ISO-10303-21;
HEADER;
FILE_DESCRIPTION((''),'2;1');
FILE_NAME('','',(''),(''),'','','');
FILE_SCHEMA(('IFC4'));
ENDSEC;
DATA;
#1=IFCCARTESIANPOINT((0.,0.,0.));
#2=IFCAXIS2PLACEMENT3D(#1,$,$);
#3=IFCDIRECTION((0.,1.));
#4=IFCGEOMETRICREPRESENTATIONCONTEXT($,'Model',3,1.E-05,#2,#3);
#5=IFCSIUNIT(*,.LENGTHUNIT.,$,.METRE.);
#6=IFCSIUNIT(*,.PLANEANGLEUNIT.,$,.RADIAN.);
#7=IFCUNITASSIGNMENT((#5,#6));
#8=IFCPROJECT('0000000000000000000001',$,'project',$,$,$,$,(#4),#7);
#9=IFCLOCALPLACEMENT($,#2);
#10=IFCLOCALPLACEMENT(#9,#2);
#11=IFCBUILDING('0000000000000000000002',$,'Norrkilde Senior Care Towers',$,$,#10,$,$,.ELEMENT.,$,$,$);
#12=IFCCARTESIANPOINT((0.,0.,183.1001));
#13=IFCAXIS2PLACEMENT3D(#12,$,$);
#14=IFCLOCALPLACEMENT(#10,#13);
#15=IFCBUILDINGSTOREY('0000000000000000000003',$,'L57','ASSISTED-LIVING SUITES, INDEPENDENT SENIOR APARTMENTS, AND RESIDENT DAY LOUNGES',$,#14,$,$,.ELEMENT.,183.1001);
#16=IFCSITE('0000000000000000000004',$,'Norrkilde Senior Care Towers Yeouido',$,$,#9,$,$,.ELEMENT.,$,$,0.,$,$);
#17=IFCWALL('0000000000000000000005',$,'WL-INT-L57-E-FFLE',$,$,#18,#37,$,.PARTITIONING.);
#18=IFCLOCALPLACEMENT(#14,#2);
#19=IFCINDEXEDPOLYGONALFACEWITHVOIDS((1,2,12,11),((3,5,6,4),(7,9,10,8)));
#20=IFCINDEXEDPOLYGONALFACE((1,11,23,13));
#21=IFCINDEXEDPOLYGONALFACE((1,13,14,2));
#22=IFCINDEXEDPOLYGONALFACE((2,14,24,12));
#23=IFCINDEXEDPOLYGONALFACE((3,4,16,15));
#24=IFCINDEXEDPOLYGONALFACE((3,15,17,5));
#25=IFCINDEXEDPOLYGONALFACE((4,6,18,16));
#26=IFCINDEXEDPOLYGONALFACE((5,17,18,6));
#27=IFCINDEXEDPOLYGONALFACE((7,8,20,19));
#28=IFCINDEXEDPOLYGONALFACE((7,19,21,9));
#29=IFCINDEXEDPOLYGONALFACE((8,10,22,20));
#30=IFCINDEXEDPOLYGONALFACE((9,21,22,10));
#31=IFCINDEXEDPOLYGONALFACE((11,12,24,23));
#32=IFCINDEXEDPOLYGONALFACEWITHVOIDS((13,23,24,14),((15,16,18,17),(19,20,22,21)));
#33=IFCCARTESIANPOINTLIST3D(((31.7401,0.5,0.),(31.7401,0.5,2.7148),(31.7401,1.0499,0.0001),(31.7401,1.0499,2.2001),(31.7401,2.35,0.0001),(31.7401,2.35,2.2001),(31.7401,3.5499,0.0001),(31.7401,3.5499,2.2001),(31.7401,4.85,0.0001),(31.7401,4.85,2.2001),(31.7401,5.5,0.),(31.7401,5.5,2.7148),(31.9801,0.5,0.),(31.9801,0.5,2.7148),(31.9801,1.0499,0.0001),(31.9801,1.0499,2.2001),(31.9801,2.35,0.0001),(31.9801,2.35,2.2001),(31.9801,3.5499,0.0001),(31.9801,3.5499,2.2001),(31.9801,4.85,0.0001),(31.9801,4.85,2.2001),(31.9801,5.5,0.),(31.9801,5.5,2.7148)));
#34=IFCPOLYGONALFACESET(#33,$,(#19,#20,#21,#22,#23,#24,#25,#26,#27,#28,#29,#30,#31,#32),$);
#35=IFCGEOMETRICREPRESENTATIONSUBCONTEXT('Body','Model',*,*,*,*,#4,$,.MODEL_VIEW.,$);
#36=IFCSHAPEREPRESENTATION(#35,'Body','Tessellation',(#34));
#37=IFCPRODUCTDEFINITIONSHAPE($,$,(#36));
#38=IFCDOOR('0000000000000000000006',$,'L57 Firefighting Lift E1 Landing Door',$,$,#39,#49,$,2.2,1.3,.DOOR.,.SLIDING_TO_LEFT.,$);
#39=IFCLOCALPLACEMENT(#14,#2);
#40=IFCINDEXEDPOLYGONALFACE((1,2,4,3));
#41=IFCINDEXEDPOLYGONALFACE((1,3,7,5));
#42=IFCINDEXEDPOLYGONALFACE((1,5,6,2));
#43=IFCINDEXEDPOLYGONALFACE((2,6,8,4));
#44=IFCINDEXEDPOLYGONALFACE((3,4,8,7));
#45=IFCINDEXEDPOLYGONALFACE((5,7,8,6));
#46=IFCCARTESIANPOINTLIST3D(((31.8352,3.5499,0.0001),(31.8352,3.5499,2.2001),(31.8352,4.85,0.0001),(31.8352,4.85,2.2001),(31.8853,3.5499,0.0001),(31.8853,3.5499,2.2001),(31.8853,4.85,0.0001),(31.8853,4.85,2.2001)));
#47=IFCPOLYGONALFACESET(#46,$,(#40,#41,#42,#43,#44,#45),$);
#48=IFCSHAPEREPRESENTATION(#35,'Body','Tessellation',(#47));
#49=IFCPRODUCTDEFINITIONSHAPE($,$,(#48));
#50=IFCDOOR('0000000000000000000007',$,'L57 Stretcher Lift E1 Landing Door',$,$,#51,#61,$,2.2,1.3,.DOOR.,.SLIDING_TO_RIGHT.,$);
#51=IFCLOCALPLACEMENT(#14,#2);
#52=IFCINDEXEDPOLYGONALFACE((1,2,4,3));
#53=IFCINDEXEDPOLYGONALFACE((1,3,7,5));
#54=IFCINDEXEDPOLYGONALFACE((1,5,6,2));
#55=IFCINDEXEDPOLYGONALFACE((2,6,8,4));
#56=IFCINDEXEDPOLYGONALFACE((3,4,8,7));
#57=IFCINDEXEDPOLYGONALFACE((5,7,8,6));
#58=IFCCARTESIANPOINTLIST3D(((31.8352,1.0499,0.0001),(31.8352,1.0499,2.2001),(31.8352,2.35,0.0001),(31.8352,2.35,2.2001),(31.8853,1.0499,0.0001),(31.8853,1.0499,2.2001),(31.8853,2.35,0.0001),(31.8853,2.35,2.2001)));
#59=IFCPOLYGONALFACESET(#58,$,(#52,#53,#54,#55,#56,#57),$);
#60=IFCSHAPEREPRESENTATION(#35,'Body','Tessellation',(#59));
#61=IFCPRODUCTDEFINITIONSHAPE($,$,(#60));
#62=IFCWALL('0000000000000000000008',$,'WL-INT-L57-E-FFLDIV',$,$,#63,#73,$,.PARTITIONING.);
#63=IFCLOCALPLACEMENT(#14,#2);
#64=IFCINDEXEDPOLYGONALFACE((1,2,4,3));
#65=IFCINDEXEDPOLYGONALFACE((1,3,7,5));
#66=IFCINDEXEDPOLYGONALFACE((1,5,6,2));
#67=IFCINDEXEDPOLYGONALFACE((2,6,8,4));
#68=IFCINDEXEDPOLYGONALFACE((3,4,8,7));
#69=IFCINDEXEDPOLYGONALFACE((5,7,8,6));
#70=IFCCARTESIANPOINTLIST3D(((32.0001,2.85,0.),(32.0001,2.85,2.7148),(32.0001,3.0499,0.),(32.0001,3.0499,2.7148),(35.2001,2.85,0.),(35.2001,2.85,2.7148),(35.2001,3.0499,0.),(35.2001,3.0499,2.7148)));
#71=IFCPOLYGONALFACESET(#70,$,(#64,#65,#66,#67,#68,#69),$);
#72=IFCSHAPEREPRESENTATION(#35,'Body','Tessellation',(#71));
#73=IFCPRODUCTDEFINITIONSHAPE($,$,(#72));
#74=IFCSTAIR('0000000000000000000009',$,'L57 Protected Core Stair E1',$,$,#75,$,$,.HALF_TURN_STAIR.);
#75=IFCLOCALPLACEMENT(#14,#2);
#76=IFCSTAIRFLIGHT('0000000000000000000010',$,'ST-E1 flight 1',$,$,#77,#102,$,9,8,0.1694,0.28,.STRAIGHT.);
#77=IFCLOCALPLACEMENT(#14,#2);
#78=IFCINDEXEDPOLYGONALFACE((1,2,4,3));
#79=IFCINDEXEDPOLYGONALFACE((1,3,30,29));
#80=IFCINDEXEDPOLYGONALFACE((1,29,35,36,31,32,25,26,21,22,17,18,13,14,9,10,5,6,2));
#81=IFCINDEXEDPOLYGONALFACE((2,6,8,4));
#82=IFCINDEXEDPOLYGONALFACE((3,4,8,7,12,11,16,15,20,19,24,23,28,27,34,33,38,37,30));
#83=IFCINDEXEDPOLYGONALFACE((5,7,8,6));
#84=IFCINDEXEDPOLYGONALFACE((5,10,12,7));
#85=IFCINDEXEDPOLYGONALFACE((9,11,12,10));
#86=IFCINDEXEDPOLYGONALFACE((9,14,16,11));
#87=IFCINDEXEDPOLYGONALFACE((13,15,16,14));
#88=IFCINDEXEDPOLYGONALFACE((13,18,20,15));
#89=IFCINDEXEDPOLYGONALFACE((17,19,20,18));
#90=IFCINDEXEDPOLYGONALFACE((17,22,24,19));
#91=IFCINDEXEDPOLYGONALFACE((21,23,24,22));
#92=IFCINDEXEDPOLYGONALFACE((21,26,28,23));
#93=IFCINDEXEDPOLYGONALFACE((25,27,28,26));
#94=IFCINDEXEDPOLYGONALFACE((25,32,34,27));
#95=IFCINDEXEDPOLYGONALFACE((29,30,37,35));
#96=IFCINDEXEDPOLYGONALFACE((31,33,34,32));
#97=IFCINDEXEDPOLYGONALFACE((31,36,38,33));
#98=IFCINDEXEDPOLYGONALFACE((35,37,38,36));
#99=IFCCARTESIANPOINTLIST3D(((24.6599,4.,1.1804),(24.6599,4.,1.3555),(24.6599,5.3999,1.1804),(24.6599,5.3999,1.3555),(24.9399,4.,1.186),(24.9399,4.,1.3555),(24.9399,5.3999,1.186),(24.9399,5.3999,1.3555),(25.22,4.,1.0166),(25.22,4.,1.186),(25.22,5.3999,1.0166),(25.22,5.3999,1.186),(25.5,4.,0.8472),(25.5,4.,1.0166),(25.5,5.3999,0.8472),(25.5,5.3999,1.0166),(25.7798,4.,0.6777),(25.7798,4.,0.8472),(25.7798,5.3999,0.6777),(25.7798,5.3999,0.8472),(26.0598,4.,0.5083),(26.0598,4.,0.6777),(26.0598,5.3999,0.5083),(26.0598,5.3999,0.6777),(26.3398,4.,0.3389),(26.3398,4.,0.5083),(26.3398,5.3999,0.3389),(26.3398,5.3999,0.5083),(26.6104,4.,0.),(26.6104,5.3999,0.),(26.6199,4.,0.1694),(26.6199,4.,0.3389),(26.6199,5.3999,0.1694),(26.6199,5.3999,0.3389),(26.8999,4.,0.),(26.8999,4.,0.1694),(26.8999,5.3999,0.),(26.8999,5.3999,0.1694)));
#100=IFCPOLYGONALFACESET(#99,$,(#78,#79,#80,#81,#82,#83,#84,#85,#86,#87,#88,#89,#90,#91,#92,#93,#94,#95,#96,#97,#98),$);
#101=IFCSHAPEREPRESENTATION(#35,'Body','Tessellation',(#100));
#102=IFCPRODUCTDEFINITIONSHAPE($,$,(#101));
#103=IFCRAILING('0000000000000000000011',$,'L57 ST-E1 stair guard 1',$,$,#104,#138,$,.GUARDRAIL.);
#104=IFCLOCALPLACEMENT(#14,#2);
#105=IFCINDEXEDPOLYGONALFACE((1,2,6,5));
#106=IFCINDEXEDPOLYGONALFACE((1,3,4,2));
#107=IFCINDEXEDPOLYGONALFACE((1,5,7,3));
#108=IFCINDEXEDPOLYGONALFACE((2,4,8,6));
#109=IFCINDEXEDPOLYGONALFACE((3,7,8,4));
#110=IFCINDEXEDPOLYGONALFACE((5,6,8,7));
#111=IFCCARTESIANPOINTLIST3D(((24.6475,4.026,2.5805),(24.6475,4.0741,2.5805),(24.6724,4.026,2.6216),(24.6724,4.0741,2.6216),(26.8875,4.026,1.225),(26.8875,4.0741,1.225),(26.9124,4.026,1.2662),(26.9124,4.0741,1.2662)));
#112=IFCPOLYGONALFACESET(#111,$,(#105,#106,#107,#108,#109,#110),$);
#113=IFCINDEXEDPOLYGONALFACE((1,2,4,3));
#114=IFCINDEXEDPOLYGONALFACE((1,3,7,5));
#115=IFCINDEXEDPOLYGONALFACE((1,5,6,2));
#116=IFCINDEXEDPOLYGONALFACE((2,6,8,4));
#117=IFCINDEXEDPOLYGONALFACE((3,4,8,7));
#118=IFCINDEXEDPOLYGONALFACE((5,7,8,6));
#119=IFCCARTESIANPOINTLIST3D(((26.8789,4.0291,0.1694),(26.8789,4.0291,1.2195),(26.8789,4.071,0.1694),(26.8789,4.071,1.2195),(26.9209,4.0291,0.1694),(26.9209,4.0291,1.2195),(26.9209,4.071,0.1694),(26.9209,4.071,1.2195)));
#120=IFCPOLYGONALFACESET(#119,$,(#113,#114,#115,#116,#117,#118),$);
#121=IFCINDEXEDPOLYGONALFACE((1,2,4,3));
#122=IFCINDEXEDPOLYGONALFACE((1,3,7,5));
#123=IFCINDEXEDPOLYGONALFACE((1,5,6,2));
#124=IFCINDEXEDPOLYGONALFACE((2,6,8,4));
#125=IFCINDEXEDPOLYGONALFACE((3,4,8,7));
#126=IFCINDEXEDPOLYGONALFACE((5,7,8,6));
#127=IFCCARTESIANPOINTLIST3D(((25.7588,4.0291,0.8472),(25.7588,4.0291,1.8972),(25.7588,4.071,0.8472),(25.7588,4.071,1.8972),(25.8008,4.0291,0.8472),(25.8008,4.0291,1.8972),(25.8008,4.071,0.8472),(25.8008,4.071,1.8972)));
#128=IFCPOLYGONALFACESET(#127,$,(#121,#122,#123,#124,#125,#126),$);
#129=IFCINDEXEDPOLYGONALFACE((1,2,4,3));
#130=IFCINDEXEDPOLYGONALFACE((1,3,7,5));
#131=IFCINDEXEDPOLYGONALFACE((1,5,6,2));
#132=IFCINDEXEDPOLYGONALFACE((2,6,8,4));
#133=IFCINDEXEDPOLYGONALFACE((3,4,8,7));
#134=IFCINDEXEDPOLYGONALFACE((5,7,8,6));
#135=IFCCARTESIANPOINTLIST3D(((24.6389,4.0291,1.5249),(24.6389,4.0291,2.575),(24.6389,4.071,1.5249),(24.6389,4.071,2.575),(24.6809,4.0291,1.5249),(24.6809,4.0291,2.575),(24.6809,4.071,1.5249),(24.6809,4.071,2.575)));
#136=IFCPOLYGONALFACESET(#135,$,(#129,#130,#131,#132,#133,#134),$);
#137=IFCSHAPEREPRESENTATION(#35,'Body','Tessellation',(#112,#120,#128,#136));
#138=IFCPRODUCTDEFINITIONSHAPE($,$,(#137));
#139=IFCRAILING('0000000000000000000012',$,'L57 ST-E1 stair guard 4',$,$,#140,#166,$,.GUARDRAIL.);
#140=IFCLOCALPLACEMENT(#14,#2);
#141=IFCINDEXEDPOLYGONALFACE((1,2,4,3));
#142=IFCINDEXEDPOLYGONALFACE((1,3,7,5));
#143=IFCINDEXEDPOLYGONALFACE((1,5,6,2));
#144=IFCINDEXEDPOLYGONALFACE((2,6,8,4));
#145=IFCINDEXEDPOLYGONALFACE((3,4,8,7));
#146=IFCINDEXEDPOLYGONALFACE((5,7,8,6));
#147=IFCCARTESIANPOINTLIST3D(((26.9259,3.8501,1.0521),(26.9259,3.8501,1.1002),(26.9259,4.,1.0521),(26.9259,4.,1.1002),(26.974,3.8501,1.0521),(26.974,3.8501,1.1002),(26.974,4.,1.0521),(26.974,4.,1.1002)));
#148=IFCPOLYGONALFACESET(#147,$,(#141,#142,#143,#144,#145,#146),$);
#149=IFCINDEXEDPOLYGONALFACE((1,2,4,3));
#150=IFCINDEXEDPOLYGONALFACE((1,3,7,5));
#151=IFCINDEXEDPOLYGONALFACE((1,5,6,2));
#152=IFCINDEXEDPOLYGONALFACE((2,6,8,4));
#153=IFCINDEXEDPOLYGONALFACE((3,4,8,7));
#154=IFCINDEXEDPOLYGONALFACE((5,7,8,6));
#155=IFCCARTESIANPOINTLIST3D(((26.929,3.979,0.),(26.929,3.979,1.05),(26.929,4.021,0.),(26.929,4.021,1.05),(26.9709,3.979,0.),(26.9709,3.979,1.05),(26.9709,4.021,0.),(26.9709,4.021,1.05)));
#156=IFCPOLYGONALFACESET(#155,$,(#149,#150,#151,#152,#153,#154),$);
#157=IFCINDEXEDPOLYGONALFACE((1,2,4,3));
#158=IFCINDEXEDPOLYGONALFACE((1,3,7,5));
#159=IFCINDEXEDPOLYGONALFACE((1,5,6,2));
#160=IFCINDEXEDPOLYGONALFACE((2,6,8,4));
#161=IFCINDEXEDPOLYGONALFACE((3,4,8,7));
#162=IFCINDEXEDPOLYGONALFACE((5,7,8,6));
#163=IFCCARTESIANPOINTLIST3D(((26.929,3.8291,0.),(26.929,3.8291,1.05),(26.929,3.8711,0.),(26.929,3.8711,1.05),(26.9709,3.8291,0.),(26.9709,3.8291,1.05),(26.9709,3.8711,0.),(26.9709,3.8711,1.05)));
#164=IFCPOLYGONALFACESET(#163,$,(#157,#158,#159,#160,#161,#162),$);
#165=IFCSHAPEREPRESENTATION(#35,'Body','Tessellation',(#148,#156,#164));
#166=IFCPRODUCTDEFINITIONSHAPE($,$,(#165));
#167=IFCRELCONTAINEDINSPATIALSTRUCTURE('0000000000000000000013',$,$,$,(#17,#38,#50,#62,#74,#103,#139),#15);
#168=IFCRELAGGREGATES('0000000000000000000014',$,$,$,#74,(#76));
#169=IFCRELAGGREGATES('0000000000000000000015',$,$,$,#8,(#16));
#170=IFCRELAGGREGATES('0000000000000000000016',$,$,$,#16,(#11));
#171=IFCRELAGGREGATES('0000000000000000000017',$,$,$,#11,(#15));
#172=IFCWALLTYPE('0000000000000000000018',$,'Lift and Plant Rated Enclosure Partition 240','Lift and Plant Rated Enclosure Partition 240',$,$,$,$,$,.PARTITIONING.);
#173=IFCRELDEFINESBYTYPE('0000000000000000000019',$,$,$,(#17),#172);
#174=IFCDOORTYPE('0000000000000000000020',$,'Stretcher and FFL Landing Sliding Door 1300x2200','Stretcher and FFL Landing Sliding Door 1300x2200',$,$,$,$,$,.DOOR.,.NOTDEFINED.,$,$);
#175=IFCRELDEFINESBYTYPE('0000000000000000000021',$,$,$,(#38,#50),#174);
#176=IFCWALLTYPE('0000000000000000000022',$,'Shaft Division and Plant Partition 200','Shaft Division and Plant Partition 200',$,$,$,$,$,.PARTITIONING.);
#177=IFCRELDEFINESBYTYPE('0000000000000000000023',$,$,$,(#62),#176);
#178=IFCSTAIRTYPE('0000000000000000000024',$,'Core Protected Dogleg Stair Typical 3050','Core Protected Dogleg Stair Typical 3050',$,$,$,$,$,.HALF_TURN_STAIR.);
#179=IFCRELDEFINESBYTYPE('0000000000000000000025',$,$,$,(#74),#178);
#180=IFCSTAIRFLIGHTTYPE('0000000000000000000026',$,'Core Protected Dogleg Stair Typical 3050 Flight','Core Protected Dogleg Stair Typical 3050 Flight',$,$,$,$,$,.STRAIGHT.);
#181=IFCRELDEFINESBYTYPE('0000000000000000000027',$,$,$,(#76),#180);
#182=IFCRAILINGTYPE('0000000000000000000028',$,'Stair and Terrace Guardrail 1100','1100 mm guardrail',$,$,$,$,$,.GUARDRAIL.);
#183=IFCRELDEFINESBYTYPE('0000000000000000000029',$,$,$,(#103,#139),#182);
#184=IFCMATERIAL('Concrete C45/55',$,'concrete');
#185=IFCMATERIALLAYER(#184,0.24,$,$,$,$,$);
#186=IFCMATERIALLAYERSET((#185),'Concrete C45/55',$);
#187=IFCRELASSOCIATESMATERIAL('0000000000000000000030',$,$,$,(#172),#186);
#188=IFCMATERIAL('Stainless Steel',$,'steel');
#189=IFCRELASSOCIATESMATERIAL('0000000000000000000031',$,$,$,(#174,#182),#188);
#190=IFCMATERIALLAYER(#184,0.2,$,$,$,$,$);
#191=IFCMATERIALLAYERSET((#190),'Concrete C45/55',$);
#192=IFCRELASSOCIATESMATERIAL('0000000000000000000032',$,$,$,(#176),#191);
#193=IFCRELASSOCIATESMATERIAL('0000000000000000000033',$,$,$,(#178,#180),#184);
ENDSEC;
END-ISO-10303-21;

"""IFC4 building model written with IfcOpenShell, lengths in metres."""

from ifc_helpers import new_model, si_unit, direction, frame, frame_2d, origin, origin_2d, place, context, subcontext, project, spatial, polyline, rectangle, outline, extrude, source, transform, mapped, material, layer, layer_set, type_object, type_shapes, element, fill, aggregate, save


model = new_model("IFC4")

# Units and contexts
model_context = context("Model", 3, precision=1e-05, world=origin(), true_north=direction((0.0, 1.0)))
body_context = subcontext(model_context, "Body", "Model", "MODEL_VIEW")
ifc_project = project(units=[si_unit("LENGTHUNIT", "METRE"), si_unit("PLANEANGLEUNIT", "RADIAN")], contexts=[model_context])

# Site, building, storey
site_placement = place(None, origin())
site = spatial("IfcSite", under=ifc_project, at=site_placement, Name="Norrkilde Senior Care Towers Yeouido", CompositionType="ELEMENT", RefElevation=0.0)
building_placement = place(site_placement, origin())
building = spatial("IfcBuilding", under=site, at=building_placement, Name="Norrkilde Senior Care Towers", CompositionType="ELEMENT")
storey_placement = place(building_placement, frame((0.0, 0.0, 183.1001)))
storey = spatial("IfcBuildingStorey", under=building, at=storey_placement, Name="L57", Description="ASSISTED-LIVING SUITES, INDEPENDENT SENIOR APARTMENTS, AND RESIDENT DAY LOUNGES", CompositionType="ELEMENT", Elevation=183.1001)

# Shared definitions
ifc_material_1 = material(Name="Concrete C45/55", Category="concrete")

# Wall, openings, doors
ifc_layer_1 = layer(ifc_material_1, 0.24)
ifc_layer_set_1 = layer_set([ifc_layer_1], Name="Concrete C45/55")
wall_type_1 = type_object("IfcWallType", Name="Lift and Plant Rated Enclosure Partition 240", Description="Lift and Plant Rated Enclosure Partition 240", PredefinedType="PARTITIONING", material=ifc_layer_set_1)
shared_shape_1 = source(origin(), body_context, "Body", "SweptSolid", [
    extrude(rectangle(XDim=5.0, YDim=0.24, at=frame_2d((2.5, 0.0))), origin(), (0.0, 0.0, 1.0), 2.7148),
])
type_shapes(wall_type_1, [shared_shape_1])
wall_1_placement = place(storey_placement, frame((31.8601, 0.5, 0.0), z_axis=(0.0, 0.0, 1.0), x_axis=(0.0, 1.0, 0.0)))
wall_1 = element("IfcWall", 1, at=wall_1_placement, inside=storey, type_object=wall_type_1, Name="WL-INT-L57-E-FFLE", PredefinedType="PARTITIONING", context=body_context, shape_type="MappedRepresentation", body=[
    mapped(shared_shape_1, transform((0.0, 0.0, 0.0), x_axis=(1.0, 0.0, 0.0), y_axis=(0.0, 1.0, 0.0), z_axis=(0.0, 0.0, 1.0), scale=1.0)),
])
opening_1_placement = place(wall_1_placement, frame((3.05, 0.0, 0.0)))
opening_1 = element("IfcOpeningElement", 2, at=opening_1_placement, cuts=wall_1, PredefinedType="OPENING", context=body_context, shape_type="SweptSolid", body=[
    extrude(rectangle(XDim=1.3, YDim=2.2, at=frame_2d((0.6499, 1.1001))), frame((0.0, 0.1299, 0.0), z_axis=(0.0, -1.0, 0.0), x_axis=(1.0, 0.0, 0.0)), (0.0, 0.0, 1.0), 0.26),
])
opening_2_placement = place(wall_1_placement, frame((0.55, 0.0, 0.0)))
opening_2 = element("IfcOpeningElement", 3, at=opening_2_placement, cuts=wall_1, PredefinedType="OPENING", context=body_context, shape_type="SweptSolid", body=[
    extrude(rectangle(XDim=1.3, YDim=2.2, at=frame_2d((0.6499, 1.1001))), frame((0.0, 0.1299, 0.0), z_axis=(0.0, -1.0, 0.0), x_axis=(1.0, 0.0, 0.0)), (0.0, 0.0, 1.0), 0.26),
])
ifc_material_2 = material(Name="Stainless Steel", Category="steel")
door_type_1 = type_object("IfcDoorType", Name="Stretcher and FFL Landing Sliding Door 1300x2200", Description="Stretcher and FFL Landing Sliding Door 1300x2200", OperationType="NOTDEFINED", PredefinedType="DOOR", material=ifc_material_2)
shared_shape_2 = source(origin(), body_context, "Body", "SweptSolid", [
    extrude(rectangle(XDim=1.3, YDim=2.2, at=frame_2d((0.6499, 1.1001))), frame((0.0, 0.0249, 0.0), z_axis=(0.0, -1.0, 0.0), x_axis=(1.0, 0.0, 0.0)), (0.0, 0.0, 1.0), 0.05),
])
type_shapes(door_type_1, [shared_shape_2])
door_1_placement = place(opening_1_placement, origin())
door_1 = element("IfcDoor", 4, at=door_1_placement, inside=storey, type_object=door_type_1, Name="L57 Firefighting Lift E1 Landing Door", OperationType="SLIDING_TO_LEFT", OverallHeight=2.2, OverallWidth=1.3, PredefinedType="DOOR", context=body_context, shape_type="MappedRepresentation", body=[
    mapped(shared_shape_2, transform((0.0, 0.0, 0.0), x_axis=(1.0, 0.0, 0.0), y_axis=(0.0, 1.0, 0.0), z_axis=(0.0, 0.0, 1.0), scale=1.0)),
])
fill(opening_1, door_1)
door_2_placement = place(opening_2_placement, origin())
door_2 = element("IfcDoor", 5, at=door_2_placement, inside=storey, type_object=door_type_1, Name="L57 Stretcher Lift E1 Landing Door", OperationType="SLIDING_TO_RIGHT", OverallHeight=2.2, OverallWidth=1.3, PredefinedType="DOOR", context=body_context, shape_type="MappedRepresentation", body=[
    mapped(shared_shape_2, transform((0.0, 0.0, 0.0), x_axis=(1.0, 0.0, 0.0), y_axis=(0.0, 1.0, 0.0), z_axis=(0.0, 0.0, 1.0), scale=1.0)),
])
fill(opening_2, door_2)

# Wall
ifc_layer_2 = layer(ifc_material_1, 0.2)
ifc_layer_set_2 = layer_set([ifc_layer_2], Name="Concrete C45/55")
wall_type_2 = type_object("IfcWallType", Name="Shaft Division and Plant Partition 200", Description="Shaft Division and Plant Partition 200", PredefinedType="PARTITIONING", material=ifc_layer_set_2)
shared_shape_3 = source(origin(), body_context, "Body", "SweptSolid", [
    extrude(rectangle(XDim=3.2, YDim=0.2, at=frame_2d((1.6001, 0.0))), origin(), (0.0, 0.0, 1.0), 2.7148),
])
type_shapes(wall_type_2, [shared_shape_3])
wall_2_placement = place(storey_placement, frame((32.0, 2.95, 0.0), z_axis=(0.0, 0.0, 1.0), x_axis=(1.0, 0.0, 0.0)))
element("IfcWall", 6, at=wall_2_placement, inside=storey, type_object=wall_type_2, Name="WL-INT-L57-E-FFLDIV", PredefinedType="PARTITIONING", context=body_context, shape_type="MappedRepresentation", body=[
    mapped(shared_shape_3, transform((0.0, 0.0, 0.0), x_axis=(1.0, 0.0, 0.0), y_axis=(0.0, 1.0, 0.0), z_axis=(0.0, 0.0, 1.0), scale=1.0)),
])

# Stair, stair flight
stair_type = type_object("IfcStairType", Name="Core Protected Dogleg Stair Typical 3050", Description="Core Protected Dogleg Stair Typical 3050", PredefinedType="HALF_TURN_STAIR", material=ifc_material_1)
stair_placement = place(storey_placement, origin())
stair = element("IfcStair", 7, at=stair_placement, inside=storey, type_object=stair_type, Name="L57 Protected Core Stair E1", PredefinedType="HALF_TURN_STAIR")
stair_flight_type = type_object("IfcStairFlightType", Name="Core Protected Dogleg Stair Typical 3050 Flight", Description="Core Protected Dogleg Stair Typical 3050 Flight", PredefinedType="STRAIGHT", material=ifc_material_1)
stair_flight_placement = place(storey_placement, frame((26.8999, 4.7, 0.0), z_axis=(0.0, 0.0, 1.0), x_axis=(-1.0, 0.0, 0.0)))
stair_flight = element("IfcStairFlight", 8, at=stair_flight_placement, type_object=stair_flight_type, Name="ST-E1 flight 1", NumberOfRisers=9, NumberOfTreads=8, PredefinedType="STRAIGHT", RiserHeight=0.1694, TreadLength=0.28, context=body_context, shape_type="SweptSolid", body=[
    extrude(outline(polyline([(0.0, 0.0), (0.0, 0.1694), (0.28, 0.1694), (0.28, 0.3389), (0.5601, 0.3389), (0.5601, 0.5083), (0.8401, 0.5083), (0.8401, 0.6777), (1.1201, 0.6777), (1.1201, 0.8472), (1.3999, 0.8472), (1.3999, 1.0166), (1.6799, 1.0166), (1.6799, 1.186), (1.96, 1.186), (1.96, 1.3555), (2.24, 1.3555), (2.24, 1.5249), (2.24, 1.1804), (0.2896, 0.0), (0.0, 0.0)])), frame((0.0, 0.7, 0.0), z_axis=(0.0, -1.0, 0.0), x_axis=(1.0, 0.0, 0.0)), (0.0, 0.0, 1.0), 1.3999),
])
aggregate(stair, [stair_flight])

# Railings
railing_type_1 = type_object("IfcRailingType", Name="Stair and Terrace Guardrail 1100", Description="1100 mm guardrail", PredefinedType="GUARDRAIL", material=ifc_material_2)
railing_1_placement = place(storey_placement, frame((26.8999, 4.05, 0.1694)))
element("IfcRailing", 9, at=railing_1_placement, inside=storey, type_object=railing_type_1, Name="L57 ST-E1 stair guard 1", PredefinedType="GUARDRAIL", context=body_context, shape_type="SweptSolid", body=[
    extrude(rectangle(XDim=0.0481, YDim=0.0481, at=origin_2d()), frame((0.0, 0.0, 1.0762), z_axis=(-0.855553, 0.0, 0.517715), x_axis=(0.0, -1.0, 0.0)), (0.0, 0.0, 1.0), 2.6182),
    extrude(rectangle(XDim=0.042, YDim=0.042, at=origin_2d()), origin(), (0.0, 0.0, 1.0), 1.05),
    extrude(rectangle(XDim=0.042, YDim=0.042, at=origin_2d()), frame((-1.1201, 0.0, 0.6777)), (0.0, 0.0, 1.0), 1.05),
    extrude(rectangle(XDim=0.042, YDim=0.042, at=origin_2d()), frame((-2.24, 0.0, 1.3555)), (0.0, 0.0, 1.0), 1.05),
])
railing_2_placement = place(storey_placement, frame((26.95, 4.0, 0.0)))
element("IfcRailing", 10, at=railing_2_placement, inside=storey, type_object=railing_type_1, Name="L57 ST-E1 stair guard 4", PredefinedType="GUARDRAIL", context=body_context, shape_type="SweptSolid", body=[
    extrude(rectangle(XDim=0.0481, YDim=0.0481, at=origin_2d()), frame((0.0, 0.0, 1.0762), z_axis=(0.0, -1.0, 0.0), x_axis=(1.0, 0.0, 0.0)), (0.0, 0.0, 1.0), 0.1499),
    extrude(rectangle(XDim=0.042, YDim=0.042, at=origin_2d()), origin(), (0.0, 0.0, 1.0), 1.05),
    extrude(rectangle(XDim=0.042, YDim=0.042, at=origin_2d()), frame((0.0, -0.1499, 0.0)), (0.0, 0.0, 1.0), 1.05),
])

save(model, "model.ifc")
